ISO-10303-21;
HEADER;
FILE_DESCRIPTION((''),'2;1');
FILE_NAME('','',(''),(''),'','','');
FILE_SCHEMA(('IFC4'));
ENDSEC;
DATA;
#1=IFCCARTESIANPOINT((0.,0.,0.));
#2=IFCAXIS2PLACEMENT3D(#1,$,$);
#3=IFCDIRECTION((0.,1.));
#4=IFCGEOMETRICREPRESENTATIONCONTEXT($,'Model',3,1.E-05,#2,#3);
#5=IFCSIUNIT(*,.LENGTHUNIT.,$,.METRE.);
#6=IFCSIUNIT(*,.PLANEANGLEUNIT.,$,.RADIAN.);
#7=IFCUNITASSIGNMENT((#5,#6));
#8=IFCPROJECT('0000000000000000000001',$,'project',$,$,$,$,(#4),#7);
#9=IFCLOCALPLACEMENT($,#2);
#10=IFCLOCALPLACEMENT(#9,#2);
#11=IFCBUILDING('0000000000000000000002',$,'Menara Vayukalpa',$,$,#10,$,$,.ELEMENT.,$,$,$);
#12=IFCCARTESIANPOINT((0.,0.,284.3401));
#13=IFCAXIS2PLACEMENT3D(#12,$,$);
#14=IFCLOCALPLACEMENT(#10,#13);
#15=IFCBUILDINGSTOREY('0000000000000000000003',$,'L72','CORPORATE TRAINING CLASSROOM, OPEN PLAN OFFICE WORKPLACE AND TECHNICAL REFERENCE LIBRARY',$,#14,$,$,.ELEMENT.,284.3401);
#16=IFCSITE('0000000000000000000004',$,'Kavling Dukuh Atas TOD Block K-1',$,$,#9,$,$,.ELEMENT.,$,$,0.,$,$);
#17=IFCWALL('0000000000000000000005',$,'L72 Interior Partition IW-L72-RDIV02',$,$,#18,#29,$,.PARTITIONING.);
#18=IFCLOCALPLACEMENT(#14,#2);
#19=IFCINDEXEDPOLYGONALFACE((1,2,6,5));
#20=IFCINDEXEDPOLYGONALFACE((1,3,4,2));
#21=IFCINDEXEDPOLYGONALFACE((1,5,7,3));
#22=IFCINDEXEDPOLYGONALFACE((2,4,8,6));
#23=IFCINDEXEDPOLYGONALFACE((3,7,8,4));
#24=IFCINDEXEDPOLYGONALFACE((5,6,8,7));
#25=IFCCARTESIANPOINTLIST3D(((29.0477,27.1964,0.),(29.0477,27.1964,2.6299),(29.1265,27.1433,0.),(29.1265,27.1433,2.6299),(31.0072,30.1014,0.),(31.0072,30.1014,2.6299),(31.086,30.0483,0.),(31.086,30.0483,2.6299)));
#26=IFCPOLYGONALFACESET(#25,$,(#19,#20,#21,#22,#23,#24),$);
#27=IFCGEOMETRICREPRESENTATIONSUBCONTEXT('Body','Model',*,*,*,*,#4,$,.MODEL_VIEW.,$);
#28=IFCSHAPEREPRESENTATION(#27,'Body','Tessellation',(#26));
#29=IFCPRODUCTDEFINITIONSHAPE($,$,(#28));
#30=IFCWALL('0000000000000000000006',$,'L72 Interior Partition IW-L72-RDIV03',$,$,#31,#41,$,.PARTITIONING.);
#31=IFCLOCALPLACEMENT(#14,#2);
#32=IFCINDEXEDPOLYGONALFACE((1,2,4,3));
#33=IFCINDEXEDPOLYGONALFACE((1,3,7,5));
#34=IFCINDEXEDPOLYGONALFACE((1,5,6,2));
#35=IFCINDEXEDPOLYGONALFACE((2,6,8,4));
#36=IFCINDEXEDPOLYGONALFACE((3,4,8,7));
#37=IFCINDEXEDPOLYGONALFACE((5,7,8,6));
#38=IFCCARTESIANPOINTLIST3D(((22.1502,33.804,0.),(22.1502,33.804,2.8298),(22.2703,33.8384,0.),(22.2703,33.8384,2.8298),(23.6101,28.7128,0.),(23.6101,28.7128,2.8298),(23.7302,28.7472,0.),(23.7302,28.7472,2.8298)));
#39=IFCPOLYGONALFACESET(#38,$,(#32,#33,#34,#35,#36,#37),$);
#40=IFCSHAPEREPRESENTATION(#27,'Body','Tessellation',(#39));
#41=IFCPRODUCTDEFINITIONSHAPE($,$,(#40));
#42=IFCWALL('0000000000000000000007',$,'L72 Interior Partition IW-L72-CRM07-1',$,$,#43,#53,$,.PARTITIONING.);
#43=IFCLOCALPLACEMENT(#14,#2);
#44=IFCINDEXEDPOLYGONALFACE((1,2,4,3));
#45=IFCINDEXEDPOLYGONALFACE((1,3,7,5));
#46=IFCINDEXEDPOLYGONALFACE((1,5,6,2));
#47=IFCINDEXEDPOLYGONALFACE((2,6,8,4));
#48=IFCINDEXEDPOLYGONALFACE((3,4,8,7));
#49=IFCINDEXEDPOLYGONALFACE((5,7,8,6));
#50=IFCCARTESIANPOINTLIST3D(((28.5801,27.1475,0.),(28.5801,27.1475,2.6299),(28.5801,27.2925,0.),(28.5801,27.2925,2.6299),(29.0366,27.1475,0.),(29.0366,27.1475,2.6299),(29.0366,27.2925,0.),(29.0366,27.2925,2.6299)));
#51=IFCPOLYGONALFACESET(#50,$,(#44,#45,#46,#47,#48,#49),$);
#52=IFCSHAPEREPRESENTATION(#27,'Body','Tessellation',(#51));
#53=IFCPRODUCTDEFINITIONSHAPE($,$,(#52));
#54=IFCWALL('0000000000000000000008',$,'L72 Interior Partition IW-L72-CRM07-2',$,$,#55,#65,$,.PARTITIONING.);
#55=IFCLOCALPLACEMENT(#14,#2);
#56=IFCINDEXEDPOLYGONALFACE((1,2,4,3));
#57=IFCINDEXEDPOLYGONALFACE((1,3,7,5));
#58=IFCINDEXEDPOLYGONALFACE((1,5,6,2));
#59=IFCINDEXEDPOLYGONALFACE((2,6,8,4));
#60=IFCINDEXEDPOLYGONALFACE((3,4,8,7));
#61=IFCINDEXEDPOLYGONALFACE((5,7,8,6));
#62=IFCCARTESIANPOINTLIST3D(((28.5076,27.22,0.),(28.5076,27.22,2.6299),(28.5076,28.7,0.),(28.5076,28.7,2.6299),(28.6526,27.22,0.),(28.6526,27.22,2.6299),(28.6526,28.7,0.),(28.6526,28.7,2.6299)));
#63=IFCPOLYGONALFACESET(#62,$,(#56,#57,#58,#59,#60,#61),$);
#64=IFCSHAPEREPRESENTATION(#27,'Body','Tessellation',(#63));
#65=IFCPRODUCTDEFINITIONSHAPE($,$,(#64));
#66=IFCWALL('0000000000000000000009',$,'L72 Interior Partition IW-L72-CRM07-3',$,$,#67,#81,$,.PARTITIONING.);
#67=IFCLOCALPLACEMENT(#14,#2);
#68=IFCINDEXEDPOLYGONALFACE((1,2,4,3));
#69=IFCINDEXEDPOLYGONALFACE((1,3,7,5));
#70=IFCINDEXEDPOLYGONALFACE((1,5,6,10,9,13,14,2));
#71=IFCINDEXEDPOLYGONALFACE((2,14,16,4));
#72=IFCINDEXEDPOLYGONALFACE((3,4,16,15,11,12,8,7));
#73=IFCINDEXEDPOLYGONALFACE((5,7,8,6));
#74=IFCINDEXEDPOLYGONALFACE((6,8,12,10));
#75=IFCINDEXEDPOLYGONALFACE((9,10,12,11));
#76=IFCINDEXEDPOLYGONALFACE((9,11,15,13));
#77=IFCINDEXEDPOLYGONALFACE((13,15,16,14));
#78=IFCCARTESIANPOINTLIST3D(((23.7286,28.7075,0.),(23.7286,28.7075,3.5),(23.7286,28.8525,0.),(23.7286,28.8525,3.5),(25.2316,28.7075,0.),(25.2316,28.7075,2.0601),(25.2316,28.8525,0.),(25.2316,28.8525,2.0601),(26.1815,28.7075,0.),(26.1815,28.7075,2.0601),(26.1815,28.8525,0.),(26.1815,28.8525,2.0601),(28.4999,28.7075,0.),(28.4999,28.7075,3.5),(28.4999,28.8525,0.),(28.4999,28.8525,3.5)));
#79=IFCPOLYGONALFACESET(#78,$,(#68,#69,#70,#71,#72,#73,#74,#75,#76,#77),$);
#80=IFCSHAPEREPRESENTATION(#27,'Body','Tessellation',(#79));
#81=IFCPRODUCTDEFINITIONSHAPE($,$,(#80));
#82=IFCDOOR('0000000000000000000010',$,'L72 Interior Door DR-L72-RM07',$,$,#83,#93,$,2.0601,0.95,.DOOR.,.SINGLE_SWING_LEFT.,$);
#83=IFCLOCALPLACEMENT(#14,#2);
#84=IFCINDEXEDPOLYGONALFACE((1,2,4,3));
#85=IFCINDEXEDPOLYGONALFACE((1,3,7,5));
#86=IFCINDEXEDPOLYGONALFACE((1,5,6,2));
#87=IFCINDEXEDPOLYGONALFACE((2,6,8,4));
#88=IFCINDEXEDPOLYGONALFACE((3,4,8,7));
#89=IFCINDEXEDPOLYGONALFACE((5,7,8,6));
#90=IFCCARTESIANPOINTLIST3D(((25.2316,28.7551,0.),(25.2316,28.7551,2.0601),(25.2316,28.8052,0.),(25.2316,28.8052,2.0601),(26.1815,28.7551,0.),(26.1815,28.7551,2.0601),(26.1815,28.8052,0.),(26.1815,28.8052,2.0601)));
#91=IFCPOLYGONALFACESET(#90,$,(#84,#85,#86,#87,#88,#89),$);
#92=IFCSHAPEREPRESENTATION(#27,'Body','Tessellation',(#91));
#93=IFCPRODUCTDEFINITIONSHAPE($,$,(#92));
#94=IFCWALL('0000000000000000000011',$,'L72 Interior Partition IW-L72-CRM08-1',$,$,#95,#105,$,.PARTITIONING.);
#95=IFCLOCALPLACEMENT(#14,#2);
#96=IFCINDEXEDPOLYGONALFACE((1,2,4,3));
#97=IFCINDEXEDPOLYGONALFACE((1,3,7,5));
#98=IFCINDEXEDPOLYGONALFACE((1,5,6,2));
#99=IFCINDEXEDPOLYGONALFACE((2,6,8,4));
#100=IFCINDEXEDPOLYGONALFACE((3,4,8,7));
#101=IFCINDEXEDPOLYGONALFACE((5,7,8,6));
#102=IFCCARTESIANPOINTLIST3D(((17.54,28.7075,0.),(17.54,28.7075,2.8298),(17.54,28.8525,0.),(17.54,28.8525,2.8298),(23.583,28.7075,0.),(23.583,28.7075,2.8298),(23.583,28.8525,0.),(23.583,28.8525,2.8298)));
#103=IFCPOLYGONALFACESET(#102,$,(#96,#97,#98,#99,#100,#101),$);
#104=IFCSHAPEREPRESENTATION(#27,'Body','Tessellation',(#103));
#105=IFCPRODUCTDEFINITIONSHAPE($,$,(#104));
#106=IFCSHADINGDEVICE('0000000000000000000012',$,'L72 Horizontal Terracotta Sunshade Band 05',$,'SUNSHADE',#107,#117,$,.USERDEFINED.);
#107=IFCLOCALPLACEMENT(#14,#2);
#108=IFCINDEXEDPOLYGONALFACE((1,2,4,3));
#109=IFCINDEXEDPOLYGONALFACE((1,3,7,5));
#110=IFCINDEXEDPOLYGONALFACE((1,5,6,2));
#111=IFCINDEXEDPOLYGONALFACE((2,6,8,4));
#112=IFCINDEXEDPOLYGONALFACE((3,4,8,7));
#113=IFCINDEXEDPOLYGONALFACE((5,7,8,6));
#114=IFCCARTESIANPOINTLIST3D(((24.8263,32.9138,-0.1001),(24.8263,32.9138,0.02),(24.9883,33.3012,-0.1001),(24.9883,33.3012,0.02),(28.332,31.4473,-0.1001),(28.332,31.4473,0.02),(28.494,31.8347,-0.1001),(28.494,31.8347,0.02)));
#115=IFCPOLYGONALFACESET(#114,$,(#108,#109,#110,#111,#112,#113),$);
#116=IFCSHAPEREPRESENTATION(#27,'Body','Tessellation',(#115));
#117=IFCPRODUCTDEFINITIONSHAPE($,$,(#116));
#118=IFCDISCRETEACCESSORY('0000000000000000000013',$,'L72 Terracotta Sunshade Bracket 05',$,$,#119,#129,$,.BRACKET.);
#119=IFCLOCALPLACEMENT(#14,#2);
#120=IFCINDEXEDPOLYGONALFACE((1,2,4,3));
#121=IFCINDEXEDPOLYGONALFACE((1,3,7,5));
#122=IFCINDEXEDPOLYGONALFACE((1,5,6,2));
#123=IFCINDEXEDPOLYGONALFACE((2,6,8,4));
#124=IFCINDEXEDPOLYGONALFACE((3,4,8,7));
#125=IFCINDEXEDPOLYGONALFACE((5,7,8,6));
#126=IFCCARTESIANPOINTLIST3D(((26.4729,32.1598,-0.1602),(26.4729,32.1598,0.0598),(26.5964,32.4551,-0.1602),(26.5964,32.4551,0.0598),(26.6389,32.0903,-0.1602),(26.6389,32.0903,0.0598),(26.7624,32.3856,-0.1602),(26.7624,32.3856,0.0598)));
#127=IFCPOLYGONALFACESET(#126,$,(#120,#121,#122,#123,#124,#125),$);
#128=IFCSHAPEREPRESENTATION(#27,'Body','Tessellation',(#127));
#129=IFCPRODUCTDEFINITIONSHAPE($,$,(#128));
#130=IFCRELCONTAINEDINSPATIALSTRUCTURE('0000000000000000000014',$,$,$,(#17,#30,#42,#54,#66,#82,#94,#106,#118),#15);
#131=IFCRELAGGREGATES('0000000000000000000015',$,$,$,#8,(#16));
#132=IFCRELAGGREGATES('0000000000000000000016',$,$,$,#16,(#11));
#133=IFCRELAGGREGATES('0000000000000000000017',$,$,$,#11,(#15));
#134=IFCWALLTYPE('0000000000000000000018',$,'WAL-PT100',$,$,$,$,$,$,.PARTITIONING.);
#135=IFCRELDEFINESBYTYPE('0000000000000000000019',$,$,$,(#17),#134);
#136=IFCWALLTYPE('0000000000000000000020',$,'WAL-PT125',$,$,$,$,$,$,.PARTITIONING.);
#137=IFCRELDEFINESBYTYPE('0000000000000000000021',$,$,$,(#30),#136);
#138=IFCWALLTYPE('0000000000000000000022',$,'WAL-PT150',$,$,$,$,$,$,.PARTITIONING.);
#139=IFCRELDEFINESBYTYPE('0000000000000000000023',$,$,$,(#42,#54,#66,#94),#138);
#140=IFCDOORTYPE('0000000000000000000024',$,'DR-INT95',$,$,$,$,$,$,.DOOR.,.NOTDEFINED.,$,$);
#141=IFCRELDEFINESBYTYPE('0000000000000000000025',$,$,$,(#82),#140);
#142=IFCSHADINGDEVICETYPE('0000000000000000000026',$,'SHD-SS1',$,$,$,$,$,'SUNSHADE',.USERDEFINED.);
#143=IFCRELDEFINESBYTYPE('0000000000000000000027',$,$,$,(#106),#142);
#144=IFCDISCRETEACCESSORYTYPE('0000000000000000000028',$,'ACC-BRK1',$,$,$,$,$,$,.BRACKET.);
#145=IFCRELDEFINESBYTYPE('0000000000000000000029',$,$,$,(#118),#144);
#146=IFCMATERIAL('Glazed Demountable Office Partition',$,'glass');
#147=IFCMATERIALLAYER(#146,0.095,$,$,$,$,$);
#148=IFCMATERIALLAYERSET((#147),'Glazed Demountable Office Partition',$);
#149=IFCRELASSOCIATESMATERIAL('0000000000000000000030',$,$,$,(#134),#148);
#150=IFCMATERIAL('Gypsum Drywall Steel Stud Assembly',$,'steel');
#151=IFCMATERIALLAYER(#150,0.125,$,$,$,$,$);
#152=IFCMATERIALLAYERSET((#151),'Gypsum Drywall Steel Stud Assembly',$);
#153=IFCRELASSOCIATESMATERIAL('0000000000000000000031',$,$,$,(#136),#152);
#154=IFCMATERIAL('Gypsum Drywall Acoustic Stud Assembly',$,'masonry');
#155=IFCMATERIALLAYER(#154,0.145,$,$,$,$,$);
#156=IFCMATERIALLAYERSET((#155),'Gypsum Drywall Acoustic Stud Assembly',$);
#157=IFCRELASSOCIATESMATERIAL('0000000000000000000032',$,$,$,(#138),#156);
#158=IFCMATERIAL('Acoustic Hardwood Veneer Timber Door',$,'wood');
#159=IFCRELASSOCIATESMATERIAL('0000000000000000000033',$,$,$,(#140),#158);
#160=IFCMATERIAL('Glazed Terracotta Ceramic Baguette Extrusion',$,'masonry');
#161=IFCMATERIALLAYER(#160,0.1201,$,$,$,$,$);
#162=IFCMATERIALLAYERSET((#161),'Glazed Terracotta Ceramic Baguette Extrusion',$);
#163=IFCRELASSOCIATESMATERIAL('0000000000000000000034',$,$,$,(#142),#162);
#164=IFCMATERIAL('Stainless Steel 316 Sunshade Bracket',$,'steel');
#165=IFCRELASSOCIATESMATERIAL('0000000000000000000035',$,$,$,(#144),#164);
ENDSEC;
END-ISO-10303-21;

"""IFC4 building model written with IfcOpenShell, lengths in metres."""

from ifc_helpers import new_model, si_unit, direction, frame, frame_2d, origin, origin_2d, place, context, subcontext, project, spatial, rectangle, extrude, material, layer, layer_set, type_object, element, fill, save


model = new_model("IFC4")

# Units and contexts
model_context = context("Model", 3, precision=1e-05, world=origin(), true_north=direction((0.0, 1.0)))
body_context = subcontext(model_context, "Body", "Model", "MODEL_VIEW")
ifc_project = project(units=[si_unit("LENGTHUNIT", "METRE"), si_unit("PLANEANGLEUNIT", "RADIAN")], contexts=[model_context])

# Site, building, storey
site_placement = place(None, origin())
site = spatial("IfcSite", under=ifc_project, at=site_placement, Name="Kavling Dukuh Atas TOD Block K-1", CompositionType="ELEMENT", RefElevation=0.0)
building_placement = place(site_placement, origin())
building = spatial("IfcBuilding", under=site, at=building_placement, Name="Menara Vayukalpa", CompositionType="ELEMENT")
storey_placement = place(building_placement, frame((0.0, 0.0, 284.3401)))
storey = spatial("IfcBuildingStorey", under=building, at=storey_placement, Name="L72", Description="CORPORATE TRAINING CLASSROOM, OPEN PLAN OFFICE WORKPLACE AND TECHNICAL REFERENCE LIBRARY", CompositionType="ELEMENT", Elevation=284.3401)

# Walls
ifc_material_1 = material(Name="Glazed Demountable Office Partition", Category="glass")
ifc_layer_1 = layer(ifc_material_1, 0.095)
ifc_layer_set_1 = layer_set([ifc_layer_1], Name="Glazed Demountable Office Partition")
wall_type_1 = type_object("IfcWallType", Name="WAL-PT100", PredefinedType="PARTITIONING", material=ifc_layer_set_1)
wall_1_placement = place(storey_placement, frame((29.0872, 27.1699, 0.0), z_axis=(0.0, 0.0, 1.0), x_axis=(0.559194, 0.829037, 0.0)))
element("IfcWall", 1, at=wall_1_placement, inside=storey, type_object=wall_type_1, Name="L72 Interior Partition IW-L72-RDIV02", PredefinedType="PARTITIONING", context=body_context, shape_type="SweptSolid", body=[
    extrude(rectangle(XDim=3.5042, YDim=0.095, at=frame_2d((1.752, 0.0))), origin(), (0.0, 0.0, 1.0), 2.6299),
])
ifc_material_2 = material(Name="Gypsum Drywall Steel Stud Assembly", Category="steel")
ifc_layer_2 = layer(ifc_material_2, 0.125)
ifc_layer_set_2 = layer_set([ifc_layer_2], Name="Gypsum Drywall Steel Stud Assembly")
wall_type_2 = type_object("IfcWallType", Name="WAL-PT125", PredefinedType="PARTITIONING", material=ifc_layer_set_2)
wall_2_placement = place(storey_placement, frame((23.6702, 28.73, 0.0), z_axis=(0.0, 0.0, 1.0), x_axis=(-0.275646, 0.961259, 0.0)))
element("IfcWall", 2, at=wall_2_placement, inside=storey, type_object=wall_type_2, Name="L72 Interior Partition IW-L72-RDIV03", PredefinedType="PARTITIONING", context=body_context, shape_type="SweptSolid", body=[
    extrude(rectangle(XDim=5.2964, YDim=0.125, at=frame_2d((2.6482, 0.0))), origin(), (0.0, 0.0, 1.0), 2.8298),
])
ifc_material_3 = material(Name="Gypsum Drywall Acoustic Stud Assembly", Category="masonry")
ifc_layer_3 = layer(ifc_material_3, 0.145)
ifc_layer_set_3 = layer_set([ifc_layer_3], Name="Gypsum Drywall Acoustic Stud Assembly")
wall_type_3 = type_object("IfcWallType", Name="WAL-PT150", PredefinedType="PARTITIONING", material=ifc_layer_set_3)
wall_3_placement = place(storey_placement, frame((29.0366, 27.22, 0.0), z_axis=(0.0, 0.0, 1.0), x_axis=(-1.0, 0.0, 0.0)))
element("IfcWall", 3, at=wall_3_placement, inside=storey, type_object=wall_type_3, Name="L72 Interior Partition IW-L72-CRM07-1", PredefinedType="PARTITIONING", context=body_context, shape_type="SweptSolid", body=[
    extrude(rectangle(XDim=0.4565, YDim=0.145, at=frame_2d((0.2283, 0.0))), origin(), (0.0, 0.0, 1.0), 2.6299),
])
wall_4_placement = place(storey_placement, frame((28.5801, 27.22, 0.0), z_axis=(0.0, 0.0, 1.0), x_axis=(0.0, 1.0, 0.0)))
element("IfcWall", 4, at=wall_4_placement, inside=storey, type_object=wall_type_3, Name="L72 Interior Partition IW-L72-CRM07-2", PredefinedType="PARTITIONING", context=body_context, shape_type="SweptSolid", body=[
    extrude(rectangle(XDim=1.48, YDim=0.145, at=frame_2d((0.74, 0.0))), origin(), (0.0, 0.0, 1.0), 2.6299),
])

# Wall, opening, door
wall_5_placement = place(storey_placement, frame((28.5, 28.78, 0.0), z_axis=(0.0, 0.0, 1.0), x_axis=(-1.0, 0.0, 0.0)))
wall_5 = element("IfcWall", 5, at=wall_5_placement, inside=storey, type_object=wall_type_3, Name="L72 Interior Partition IW-L72-CRM07-3", PredefinedType="PARTITIONING", context=body_context, shape_type="SweptSolid", body=[
    extrude(rectangle(XDim=4.7712, YDim=0.145, at=frame_2d((2.3857, 0.0))), origin(), (0.0, 0.0, 1.0), 3.5),
])
opening_1_placement = place(wall_5_placement, frame((2.3184, 0.0, 0.0)))
opening_1 = element("IfcOpeningElement", 6, at=opening_1_placement, cuts=wall_5, PredefinedType="OPENING", context=body_context, shape_type="SweptSolid", body=[
    extrude(rectangle(XDim=0.95, YDim=2.0601, at=frame_2d((0.4751, 1.03))), frame((0.0, 0.0825, 0.0), z_axis=(0.0, -1.0, 0.0), x_axis=(1.0, 0.0, 0.0)), (0.0, 0.0, 1.0), 0.165),
])
ifc_material_4 = material(Name="Acoustic Hardwood Veneer Timber Door", Category="wood")
door_type_1 = type_object("IfcDoorType", Name="DR-INT95", OperationType="NOTDEFINED", PredefinedType="DOOR", material=ifc_material_4)
door_1_placement = place(opening_1_placement, origin())
door_1 = element("IfcDoor", 7, at=door_1_placement, inside=storey, type_object=door_type_1, Name="L72 Interior Door DR-L72-RM07", OperationType="SINGLE_SWING_LEFT", OverallHeight=2.0601, OverallWidth=0.95, PredefinedType="DOOR", context=body_context, shape_type="SweptSolid", body=[
    extrude(rectangle(XDim=0.95, YDim=2.0601, at=frame_2d((0.4751, 1.03))), frame((0.0, 0.0249, 0.0), z_axis=(0.0, -1.0, 0.0), x_axis=(1.0, 0.0, 0.0)), (0.0, 0.0, 1.0), 0.05),
])
fill(opening_1, door_1)

# Wall
wall_6_placement = place(storey_placement, frame((23.583, 28.78, 0.0), z_axis=(0.0, 0.0, 1.0), x_axis=(-1.0, 0.0, 0.0)))
element("IfcWall", 8, at=wall_6_placement, inside=storey, type_object=wall_type_3, Name="L72 Interior Partition IW-L72-CRM08-1", PredefinedType="PARTITIONING", context=body_context, shape_type="SweptSolid", body=[
    extrude(rectangle(XDim=6.043, YDim=0.145, at=frame_2d((3.0215, 0.0))), origin(), (0.0, 0.0, 1.0), 2.8298),
])

# Shading device
ifc_material_5 = material(Name="Glazed Terracotta Ceramic Baguette Extrusion", Category="masonry")
ifc_layer_4 = layer(ifc_material_5, 0.1201)
ifc_layer_set_4 = layer_set([ifc_layer_4], Name="Glazed Terracotta Ceramic Baguette Extrusion")
shading_device_type = type_object("IfcShadingDeviceType", Name="SHD-SS1", ElementType="SUNSHADE", PredefinedType="USERDEFINED", material=ifc_layer_set_4)
shading_device_placement = place(storey_placement, frame((26.6602, 32.3743, -0.1001), z_axis=(0.0, 0.0, 1.0), x_axis=(-0.922538, 0.385906, 0.0)))
element("IfcShadingDevice", 9, at=shading_device_placement, inside=storey, type_object=shading_device_type, Name="L72 Horizontal Terracotta Sunshade Band 05", ObjectType="SUNSHADE", PredefinedType="USERDEFINED", context=body_context, shape_type="SweptSolid", body=[
    extrude(rectangle(XDim=3.8, YDim=0.4199, at=origin_2d()), origin(), (0.0, 0.0, 1.0), 0.1201),
])

# Discrete accessory
ifc_material_6 = material(Name="Stainless Steel 316 Sunshade Bracket", Category="steel")
discrete_accessory_type = type_object("IfcDiscreteAccessoryType", Name="ACC-BRK1", PredefinedType="BRACKET", material=ifc_material_6)
discrete_accessory_placement = place(storey_placement, frame((26.6177, 32.2727, -0.1602), z_axis=(0.0, 0.0, 1.0), x_axis=(-0.922538, 0.385906, 0.0)))
element("IfcDiscreteAccessory", 10, at=discrete_accessory_placement, inside=storey, type_object=discrete_accessory_type, Name="L72 Terracotta Sunshade Bracket 05", PredefinedType="BRACKET", context=body_context, shape_type="SweptSolid", body=[
    extrude(rectangle(XDim=0.1799, YDim=0.3201, at=origin_2d()), origin(), (0.0, 0.0, 1.0), 0.22),
])

save(model, "model.ifc")
